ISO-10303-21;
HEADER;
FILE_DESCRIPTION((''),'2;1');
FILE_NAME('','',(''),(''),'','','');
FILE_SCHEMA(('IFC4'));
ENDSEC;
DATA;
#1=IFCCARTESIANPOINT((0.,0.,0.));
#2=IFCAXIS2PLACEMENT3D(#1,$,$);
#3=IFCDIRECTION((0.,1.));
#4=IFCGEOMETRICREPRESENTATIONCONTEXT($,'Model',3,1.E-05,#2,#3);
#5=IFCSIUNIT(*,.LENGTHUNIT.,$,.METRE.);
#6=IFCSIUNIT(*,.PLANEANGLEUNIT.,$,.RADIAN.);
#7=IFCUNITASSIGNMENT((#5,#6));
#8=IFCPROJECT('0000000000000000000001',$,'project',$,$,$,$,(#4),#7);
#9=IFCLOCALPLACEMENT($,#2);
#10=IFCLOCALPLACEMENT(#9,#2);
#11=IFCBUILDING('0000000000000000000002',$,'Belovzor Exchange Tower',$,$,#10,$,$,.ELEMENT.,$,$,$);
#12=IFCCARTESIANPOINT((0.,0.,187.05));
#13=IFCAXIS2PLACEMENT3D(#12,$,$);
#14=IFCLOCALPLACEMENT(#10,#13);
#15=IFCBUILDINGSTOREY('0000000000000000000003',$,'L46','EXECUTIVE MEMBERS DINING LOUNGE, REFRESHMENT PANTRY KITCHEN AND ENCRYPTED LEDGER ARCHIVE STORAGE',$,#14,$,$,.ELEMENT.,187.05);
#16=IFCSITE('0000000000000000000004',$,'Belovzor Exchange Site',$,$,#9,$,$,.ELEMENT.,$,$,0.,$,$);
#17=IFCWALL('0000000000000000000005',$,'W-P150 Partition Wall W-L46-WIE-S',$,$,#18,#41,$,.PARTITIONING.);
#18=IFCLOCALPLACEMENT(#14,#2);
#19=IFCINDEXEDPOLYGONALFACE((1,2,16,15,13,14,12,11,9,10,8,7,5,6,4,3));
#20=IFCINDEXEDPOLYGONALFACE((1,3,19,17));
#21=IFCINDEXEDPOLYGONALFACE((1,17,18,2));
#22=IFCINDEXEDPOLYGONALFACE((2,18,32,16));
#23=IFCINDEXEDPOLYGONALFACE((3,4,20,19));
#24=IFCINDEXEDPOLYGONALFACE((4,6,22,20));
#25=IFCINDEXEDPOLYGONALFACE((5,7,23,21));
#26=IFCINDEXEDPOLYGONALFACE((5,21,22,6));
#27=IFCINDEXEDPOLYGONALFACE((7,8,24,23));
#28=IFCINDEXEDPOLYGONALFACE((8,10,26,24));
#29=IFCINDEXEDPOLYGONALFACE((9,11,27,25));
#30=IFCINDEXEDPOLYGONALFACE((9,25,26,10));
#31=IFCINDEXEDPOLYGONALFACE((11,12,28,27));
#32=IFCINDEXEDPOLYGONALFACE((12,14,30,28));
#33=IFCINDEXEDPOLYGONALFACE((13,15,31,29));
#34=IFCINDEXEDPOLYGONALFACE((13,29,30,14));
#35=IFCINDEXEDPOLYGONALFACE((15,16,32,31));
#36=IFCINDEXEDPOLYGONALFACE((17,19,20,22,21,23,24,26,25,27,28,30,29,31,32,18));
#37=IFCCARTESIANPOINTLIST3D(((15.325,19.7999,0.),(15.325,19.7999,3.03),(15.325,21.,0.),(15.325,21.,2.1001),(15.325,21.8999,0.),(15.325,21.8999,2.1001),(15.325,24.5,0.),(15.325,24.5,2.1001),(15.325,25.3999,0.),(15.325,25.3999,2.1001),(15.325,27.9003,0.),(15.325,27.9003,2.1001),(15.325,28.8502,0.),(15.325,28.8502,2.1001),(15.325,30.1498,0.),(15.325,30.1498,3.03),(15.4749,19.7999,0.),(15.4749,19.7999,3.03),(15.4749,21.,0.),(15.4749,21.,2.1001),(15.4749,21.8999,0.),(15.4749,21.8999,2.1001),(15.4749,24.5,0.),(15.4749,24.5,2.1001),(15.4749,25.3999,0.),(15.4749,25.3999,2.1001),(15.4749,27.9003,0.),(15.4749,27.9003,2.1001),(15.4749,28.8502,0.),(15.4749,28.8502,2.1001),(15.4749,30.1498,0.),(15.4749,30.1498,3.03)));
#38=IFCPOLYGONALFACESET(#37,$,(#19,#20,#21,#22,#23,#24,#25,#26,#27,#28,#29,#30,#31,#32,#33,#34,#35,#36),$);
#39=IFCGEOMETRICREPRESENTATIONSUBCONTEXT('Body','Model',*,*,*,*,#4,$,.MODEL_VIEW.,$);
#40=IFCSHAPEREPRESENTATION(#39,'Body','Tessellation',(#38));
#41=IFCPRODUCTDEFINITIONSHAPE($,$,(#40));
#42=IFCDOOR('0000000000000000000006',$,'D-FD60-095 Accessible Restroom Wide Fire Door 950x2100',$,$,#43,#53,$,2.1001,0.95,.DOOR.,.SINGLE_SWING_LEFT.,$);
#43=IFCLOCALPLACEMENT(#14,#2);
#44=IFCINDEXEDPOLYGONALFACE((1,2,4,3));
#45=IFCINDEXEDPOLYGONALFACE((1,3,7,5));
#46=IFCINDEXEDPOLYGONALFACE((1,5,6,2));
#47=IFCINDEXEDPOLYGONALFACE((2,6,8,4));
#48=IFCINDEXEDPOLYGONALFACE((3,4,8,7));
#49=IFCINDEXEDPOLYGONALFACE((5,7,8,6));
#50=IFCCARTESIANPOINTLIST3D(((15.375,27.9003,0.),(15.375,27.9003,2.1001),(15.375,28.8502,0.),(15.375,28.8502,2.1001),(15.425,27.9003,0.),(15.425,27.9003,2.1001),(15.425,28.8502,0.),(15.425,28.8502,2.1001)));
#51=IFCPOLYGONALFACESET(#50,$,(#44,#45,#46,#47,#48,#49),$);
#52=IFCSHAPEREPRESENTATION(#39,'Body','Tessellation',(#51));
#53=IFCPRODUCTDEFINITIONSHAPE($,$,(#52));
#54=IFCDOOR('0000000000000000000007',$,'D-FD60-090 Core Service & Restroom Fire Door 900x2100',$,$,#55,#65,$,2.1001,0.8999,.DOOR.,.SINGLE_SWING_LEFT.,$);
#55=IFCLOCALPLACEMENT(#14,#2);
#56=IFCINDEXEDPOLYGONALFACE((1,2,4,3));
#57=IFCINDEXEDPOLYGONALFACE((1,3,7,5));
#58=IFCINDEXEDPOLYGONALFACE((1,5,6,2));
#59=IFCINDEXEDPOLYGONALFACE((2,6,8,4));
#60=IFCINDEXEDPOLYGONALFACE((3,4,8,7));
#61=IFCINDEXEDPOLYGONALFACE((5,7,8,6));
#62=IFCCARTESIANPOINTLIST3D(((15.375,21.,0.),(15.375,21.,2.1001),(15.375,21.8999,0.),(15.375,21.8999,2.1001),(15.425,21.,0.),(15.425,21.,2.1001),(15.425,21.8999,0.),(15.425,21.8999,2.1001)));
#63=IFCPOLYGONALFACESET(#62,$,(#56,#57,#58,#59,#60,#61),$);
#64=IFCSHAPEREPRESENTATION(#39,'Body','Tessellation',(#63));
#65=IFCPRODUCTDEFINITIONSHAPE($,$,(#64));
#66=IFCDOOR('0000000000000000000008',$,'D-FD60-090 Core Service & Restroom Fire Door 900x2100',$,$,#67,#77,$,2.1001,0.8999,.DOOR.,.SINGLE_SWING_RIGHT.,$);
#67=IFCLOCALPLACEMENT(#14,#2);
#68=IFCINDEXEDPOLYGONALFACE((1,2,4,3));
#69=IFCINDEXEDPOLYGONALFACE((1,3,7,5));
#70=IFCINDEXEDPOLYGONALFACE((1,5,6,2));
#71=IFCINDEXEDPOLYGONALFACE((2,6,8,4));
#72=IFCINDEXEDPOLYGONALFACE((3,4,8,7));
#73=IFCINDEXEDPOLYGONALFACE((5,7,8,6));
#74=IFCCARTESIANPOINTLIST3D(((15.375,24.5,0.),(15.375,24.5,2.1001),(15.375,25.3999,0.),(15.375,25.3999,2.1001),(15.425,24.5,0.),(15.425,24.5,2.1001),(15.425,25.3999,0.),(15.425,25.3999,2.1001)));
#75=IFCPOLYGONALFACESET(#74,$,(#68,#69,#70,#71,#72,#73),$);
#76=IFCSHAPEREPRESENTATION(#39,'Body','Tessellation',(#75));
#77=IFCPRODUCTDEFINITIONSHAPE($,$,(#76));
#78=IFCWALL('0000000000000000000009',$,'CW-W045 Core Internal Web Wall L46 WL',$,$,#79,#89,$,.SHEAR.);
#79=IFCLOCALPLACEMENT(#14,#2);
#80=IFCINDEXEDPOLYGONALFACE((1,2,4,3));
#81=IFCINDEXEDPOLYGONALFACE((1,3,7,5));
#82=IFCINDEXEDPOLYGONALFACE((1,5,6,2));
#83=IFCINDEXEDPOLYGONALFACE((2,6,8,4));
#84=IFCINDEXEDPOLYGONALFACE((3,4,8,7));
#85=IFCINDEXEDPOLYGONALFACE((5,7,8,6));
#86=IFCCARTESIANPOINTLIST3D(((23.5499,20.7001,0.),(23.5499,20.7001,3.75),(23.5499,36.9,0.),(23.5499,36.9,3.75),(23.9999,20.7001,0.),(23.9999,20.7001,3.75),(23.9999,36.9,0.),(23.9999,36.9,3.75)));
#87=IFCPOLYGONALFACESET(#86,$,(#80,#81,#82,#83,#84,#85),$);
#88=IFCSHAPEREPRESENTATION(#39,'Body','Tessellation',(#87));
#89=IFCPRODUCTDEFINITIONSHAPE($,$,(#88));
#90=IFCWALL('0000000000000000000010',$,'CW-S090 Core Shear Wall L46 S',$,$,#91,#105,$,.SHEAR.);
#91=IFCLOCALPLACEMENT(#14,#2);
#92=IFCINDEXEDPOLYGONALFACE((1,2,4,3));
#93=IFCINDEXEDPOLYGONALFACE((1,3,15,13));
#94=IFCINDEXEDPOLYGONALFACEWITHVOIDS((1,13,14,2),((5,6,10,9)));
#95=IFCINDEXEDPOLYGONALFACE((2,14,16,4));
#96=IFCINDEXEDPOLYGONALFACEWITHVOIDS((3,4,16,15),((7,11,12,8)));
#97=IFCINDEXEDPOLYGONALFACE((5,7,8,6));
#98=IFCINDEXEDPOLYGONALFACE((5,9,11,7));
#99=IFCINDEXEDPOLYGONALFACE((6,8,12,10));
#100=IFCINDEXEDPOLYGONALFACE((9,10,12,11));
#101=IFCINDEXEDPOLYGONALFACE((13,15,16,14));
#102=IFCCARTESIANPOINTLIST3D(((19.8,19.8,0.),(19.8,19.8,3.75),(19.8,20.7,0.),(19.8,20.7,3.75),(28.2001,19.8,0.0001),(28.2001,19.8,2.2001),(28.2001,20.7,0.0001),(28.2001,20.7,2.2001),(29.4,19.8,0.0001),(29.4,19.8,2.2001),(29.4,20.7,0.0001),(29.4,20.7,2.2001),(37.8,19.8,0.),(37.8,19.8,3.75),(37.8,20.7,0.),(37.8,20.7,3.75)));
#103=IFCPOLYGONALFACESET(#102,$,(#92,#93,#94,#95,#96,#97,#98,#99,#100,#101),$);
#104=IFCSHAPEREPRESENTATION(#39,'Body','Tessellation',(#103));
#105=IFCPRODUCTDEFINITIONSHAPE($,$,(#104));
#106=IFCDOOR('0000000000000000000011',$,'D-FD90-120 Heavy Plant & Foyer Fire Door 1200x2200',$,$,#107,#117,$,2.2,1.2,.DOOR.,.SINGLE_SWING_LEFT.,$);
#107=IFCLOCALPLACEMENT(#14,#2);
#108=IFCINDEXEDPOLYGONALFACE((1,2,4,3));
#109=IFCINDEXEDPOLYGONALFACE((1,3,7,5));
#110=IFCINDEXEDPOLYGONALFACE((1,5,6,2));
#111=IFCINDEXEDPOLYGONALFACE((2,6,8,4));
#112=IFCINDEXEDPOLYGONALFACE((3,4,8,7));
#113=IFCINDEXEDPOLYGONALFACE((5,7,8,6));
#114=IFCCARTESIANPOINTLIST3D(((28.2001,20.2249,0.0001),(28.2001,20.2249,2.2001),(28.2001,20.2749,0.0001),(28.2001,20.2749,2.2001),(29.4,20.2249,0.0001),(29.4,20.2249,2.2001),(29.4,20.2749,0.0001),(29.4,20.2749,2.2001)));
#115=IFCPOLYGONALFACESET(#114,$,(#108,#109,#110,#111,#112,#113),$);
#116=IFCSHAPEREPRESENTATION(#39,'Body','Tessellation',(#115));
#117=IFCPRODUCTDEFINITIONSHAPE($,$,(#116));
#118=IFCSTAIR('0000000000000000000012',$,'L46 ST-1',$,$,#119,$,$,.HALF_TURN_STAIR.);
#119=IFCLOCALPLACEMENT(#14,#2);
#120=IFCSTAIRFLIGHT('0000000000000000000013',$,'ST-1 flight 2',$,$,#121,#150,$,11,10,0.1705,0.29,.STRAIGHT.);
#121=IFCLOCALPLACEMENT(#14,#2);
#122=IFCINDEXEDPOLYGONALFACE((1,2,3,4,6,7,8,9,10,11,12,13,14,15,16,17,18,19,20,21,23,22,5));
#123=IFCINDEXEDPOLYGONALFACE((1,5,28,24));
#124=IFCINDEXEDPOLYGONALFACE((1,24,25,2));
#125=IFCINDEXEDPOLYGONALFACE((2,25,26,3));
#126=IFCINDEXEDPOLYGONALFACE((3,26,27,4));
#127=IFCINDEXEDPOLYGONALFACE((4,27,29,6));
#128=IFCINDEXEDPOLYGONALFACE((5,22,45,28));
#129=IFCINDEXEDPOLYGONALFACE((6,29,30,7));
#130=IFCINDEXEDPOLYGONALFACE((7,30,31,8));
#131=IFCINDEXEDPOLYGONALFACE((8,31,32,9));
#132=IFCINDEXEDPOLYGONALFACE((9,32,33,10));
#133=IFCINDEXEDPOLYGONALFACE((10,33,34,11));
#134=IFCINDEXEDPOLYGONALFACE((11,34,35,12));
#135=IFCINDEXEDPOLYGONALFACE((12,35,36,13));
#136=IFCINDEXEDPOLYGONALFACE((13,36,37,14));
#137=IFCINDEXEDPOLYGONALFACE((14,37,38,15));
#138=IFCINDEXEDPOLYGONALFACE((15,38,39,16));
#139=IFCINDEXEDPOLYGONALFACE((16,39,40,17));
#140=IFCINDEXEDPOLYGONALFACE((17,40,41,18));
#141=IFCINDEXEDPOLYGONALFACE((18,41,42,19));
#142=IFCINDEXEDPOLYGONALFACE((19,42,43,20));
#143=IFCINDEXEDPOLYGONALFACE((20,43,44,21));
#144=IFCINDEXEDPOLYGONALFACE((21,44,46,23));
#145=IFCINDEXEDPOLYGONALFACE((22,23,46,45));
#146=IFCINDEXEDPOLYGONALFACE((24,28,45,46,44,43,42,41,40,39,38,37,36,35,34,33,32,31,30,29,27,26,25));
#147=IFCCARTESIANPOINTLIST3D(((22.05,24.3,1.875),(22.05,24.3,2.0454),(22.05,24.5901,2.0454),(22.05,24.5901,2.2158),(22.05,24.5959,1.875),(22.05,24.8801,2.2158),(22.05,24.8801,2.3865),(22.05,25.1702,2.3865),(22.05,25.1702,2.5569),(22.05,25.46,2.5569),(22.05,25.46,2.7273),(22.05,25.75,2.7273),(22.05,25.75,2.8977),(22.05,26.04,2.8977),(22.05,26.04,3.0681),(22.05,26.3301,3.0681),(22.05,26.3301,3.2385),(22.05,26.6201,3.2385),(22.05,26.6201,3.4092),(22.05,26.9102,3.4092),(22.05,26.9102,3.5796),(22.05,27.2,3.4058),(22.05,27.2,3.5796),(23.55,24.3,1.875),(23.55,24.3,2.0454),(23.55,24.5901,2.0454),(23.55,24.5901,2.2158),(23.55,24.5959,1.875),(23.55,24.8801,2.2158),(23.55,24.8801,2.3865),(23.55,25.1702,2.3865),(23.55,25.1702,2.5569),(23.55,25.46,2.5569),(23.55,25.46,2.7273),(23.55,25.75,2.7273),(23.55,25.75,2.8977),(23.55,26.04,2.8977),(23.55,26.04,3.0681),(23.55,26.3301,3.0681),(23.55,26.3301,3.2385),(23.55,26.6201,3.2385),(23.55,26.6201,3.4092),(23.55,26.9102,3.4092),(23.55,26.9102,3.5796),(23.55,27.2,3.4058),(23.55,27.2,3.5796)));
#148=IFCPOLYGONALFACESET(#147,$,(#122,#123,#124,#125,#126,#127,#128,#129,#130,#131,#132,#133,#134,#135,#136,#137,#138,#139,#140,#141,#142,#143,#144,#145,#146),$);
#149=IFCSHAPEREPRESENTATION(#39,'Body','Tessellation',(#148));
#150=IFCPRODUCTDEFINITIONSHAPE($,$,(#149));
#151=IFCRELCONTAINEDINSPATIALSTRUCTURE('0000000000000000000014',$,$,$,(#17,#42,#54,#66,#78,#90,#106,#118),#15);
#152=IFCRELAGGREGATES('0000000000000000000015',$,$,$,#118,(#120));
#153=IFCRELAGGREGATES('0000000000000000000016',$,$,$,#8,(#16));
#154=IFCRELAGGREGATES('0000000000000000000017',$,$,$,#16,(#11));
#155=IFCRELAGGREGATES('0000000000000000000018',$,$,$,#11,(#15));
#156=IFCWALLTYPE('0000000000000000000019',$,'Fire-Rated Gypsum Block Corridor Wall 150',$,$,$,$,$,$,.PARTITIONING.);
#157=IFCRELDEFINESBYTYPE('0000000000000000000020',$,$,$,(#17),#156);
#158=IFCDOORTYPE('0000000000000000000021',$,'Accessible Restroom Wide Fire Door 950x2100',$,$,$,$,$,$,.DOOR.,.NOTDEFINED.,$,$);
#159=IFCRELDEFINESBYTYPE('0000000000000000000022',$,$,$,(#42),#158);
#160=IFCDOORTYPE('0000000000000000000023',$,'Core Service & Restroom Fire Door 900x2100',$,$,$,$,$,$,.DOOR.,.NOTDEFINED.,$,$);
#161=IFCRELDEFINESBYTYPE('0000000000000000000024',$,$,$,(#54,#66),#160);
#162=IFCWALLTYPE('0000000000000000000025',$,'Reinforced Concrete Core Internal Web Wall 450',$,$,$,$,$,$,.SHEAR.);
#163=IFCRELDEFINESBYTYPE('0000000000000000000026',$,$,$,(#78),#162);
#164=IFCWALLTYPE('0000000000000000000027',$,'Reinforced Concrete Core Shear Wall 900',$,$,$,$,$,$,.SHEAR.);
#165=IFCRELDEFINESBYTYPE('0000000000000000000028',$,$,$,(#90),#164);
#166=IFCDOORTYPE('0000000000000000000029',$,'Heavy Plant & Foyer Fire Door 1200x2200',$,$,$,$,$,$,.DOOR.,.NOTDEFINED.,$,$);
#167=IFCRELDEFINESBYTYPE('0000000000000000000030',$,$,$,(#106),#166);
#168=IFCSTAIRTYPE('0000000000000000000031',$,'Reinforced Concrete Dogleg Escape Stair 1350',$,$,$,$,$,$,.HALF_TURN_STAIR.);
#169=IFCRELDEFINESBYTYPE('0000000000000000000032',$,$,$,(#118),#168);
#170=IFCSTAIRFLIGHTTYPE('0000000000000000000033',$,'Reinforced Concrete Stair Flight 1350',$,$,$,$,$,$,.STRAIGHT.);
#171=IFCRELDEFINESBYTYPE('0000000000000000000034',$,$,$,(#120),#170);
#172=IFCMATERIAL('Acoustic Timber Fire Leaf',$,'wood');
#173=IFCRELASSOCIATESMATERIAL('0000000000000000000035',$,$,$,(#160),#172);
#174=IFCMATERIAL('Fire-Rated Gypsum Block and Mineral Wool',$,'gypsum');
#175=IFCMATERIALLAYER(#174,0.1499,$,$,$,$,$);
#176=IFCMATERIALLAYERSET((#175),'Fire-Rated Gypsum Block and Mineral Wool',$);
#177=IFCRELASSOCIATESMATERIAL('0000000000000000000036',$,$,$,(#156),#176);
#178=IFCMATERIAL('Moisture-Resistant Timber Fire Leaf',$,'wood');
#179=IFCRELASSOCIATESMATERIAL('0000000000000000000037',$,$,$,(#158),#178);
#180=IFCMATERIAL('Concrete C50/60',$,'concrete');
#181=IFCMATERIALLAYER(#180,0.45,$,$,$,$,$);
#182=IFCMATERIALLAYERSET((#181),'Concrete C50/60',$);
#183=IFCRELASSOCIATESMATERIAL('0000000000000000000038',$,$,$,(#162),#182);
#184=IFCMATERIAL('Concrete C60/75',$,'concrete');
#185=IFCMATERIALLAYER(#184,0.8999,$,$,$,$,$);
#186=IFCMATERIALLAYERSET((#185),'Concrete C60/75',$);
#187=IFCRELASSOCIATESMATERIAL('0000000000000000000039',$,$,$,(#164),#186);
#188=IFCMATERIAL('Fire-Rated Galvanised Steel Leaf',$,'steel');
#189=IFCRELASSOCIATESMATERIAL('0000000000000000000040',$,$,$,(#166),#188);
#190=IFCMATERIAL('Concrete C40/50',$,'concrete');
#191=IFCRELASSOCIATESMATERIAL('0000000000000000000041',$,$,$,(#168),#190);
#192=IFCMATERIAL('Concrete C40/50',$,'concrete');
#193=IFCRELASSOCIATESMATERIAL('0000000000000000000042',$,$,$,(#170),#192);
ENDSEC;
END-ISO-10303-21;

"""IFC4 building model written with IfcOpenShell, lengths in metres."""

from ifc_helpers import new_model, si_unit, direction, frame, frame_2d, origin, place, context, subcontext, project, spatial, polyline, rectangle, outline, extrude, material, layer, layer_set, type_object, element, fill, aggregate, save


model = new_model("IFC4")

# Units and contexts
model_context = context("Model", 3, precision=1e-05, world=origin(), true_north=direction((0.0, 1.0)))
body_context = subcontext(model_context, "Body", "Model", "MODEL_VIEW")
ifc_project = project(units=[si_unit("LENGTHUNIT", "METRE"), si_unit("PLANEANGLEUNIT", "RADIAN")], contexts=[model_context])

# Site, building, storey
site_placement = place(None, origin())
site = spatial("IfcSite", under=ifc_project, at=site_placement, Name="Belovzor Exchange Site", CompositionType="ELEMENT", RefElevation=0.0)
building_placement = place(site_placement, origin())
building = spatial("IfcBuilding", under=site, at=building_placement, Name="Belovzor Exchange Tower", CompositionType="ELEMENT")
storey_placement = place(building_placement, frame((0.0, 0.0, 187.05)))
storey = spatial("IfcBuildingStorey", under=building, at=storey_placement, Name="L46", Description="EXECUTIVE MEMBERS DINING LOUNGE, REFRESHMENT PANTRY KITCHEN AND ENCRYPTED LEDGER ARCHIVE STORAGE", CompositionType="ELEMENT", Elevation=187.05)

# Shared definitions
ifc_material_1 = material(Name="Acoustic Timber Fire Leaf", Category="wood")
door_type_1 = type_object("IfcDoorType", Name="Core Service & Restroom Fire Door 900x2100", OperationType="NOTDEFINED", PredefinedType="DOOR", material=ifc_material_1)

# Shared definitions
ifc_material_2 = material(Name="Fire-Rated Gypsum Block and Mineral Wool", Category="gypsum")
ifc_layer_1 = layer(ifc_material_2, 0.1499)
ifc_layer_set_1 = layer_set([ifc_layer_1], Name="Fire-Rated Gypsum Block and Mineral Wool")
wall_type_1 = type_object("IfcWallType", Name="Fire-Rated Gypsum Block Corridor Wall 150", PredefinedType="PARTITIONING", material=ifc_layer_set_1)

# Wall, openings, doors
wall_1_placement = place(storey_placement, frame((15.3999, 19.8, 0.0), z_axis=(0.0, 0.0, 1.0), x_axis=(0.0, 1.0, 0.0)))
wall_1 = element("IfcWall", 1, at=wall_1_placement, inside=storey, type_object=wall_type_1, Name="W-P150 Partition Wall W-L46-WIE-S", PredefinedType="PARTITIONING", context=body_context, shape_type="SweptSolid", body=[
    extrude(rectangle(XDim=10.3499, YDim=0.1499, at=frame_2d((5.1748, 0.0))), origin(), (0.0, 0.0, 1.0), 3.03),
])
opening_1_placement = place(wall_1_placement, frame((1.2, 0.0, 0.0)))
opening_1 = element("IfcOpeningElement", 2, at=opening_1_placement, cuts=wall_1, PredefinedType="OPENING", context=body_context, shape_type="SweptSolid", body=[
    extrude(rectangle(XDim=0.8999, YDim=2.1001, at=frame_2d((0.45, 1.05))), frame((0.0, 0.085, 0.0), z_axis=(0.0, -1.0, 0.0), x_axis=(1.0, 0.0, 0.0)), (0.0, 0.0, 1.0), 0.1699),
])
opening_2_placement = place(wall_1_placement, frame((4.7, 0.0, 0.0)))
opening_2 = element("IfcOpeningElement", 3, at=opening_2_placement, cuts=wall_1, PredefinedType="OPENING", context=body_context, shape_type="SweptSolid", body=[
    extrude(rectangle(XDim=0.8999, YDim=2.1001, at=frame_2d((0.45, 1.05))), frame((0.0, 0.085, 0.0), z_axis=(0.0, -1.0, 0.0), x_axis=(1.0, 0.0, 0.0)), (0.0, 0.0, 1.0), 0.1699),
])
opening_3_placement = place(wall_1_placement, frame((8.1001, 0.0, 0.0)))
opening_3 = element("IfcOpeningElement", 4, at=opening_3_placement, cuts=wall_1, PredefinedType="OPENING", context=body_context, shape_type="SweptSolid", body=[
    extrude(rectangle(XDim=0.95, YDim=2.1001, at=frame_2d((0.4751, 1.05))), frame((0.0, 0.085, 0.0), z_axis=(0.0, -1.0, 0.0), x_axis=(1.0, 0.0, 0.0)), (0.0, 0.0, 1.0), 0.1699),
])
ifc_material_3 = material(Name="Moisture-Resistant Timber Fire Leaf", Category="wood")
door_type_2 = type_object("IfcDoorType", Name="Accessible Restroom Wide Fire Door 950x2100", OperationType="NOTDEFINED", PredefinedType="DOOR", material=ifc_material_3)
door_1_placement = place(opening_3_placement, origin())
door_1 = element("IfcDoor", 5, at=door_1_placement, inside=storey, type_object=door_type_2, Name="D-FD60-095 Accessible Restroom Wide Fire Door 950x2100", OperationType="SINGLE_SWING_LEFT", OverallHeight=2.1001, OverallWidth=0.95, PredefinedType="DOOR", context=body_context, shape_type="SweptSolid", body=[
    extrude(rectangle(XDim=0.95, YDim=2.1001, at=frame_2d((0.4751, 1.05))), frame((0.0, 0.0249, 0.0), z_axis=(0.0, -1.0, 0.0), x_axis=(1.0, 0.0, 0.0)), (0.0, 0.0, 1.0), 0.05),
])
fill(opening_3, door_1)
door_2_placement = place(opening_1_placement, origin())
door_2 = element("IfcDoor", 6, at=door_2_placement, inside=storey, type_object=door_type_1, Name="D-FD60-090 Core Service & Restroom Fire Door 900x2100", OperationType="SINGLE_SWING_LEFT", OverallHeight=2.1001, OverallWidth=0.8999, PredefinedType="DOOR", context=body_context, shape_type="SweptSolid", body=[
    extrude(rectangle(XDim=0.8999, YDim=2.1001, at=frame_2d((0.45, 1.05))), frame((0.0, 0.0249, 0.0), z_axis=(0.0, -1.0, 0.0), x_axis=(1.0, 0.0, 0.0)), (0.0, 0.0, 1.0), 0.05),
])
fill(opening_1, door_2)
door_3_placement = place(opening_2_placement, origin())
door_3 = element("IfcDoor", 7, at=door_3_placement, inside=storey, type_object=door_type_1, Name="D-FD60-090 Core Service & Restroom Fire Door 900x2100", OperationType="SINGLE_SWING_RIGHT", OverallHeight=2.1001, OverallWidth=0.8999, PredefinedType="DOOR", context=body_context, shape_type="SweptSolid", body=[
    extrude(rectangle(XDim=0.8999, YDim=2.1001, at=frame_2d((0.45, 1.05))), frame((0.0, 0.0249, 0.0), z_axis=(0.0, -1.0, 0.0), x_axis=(1.0, 0.0, 0.0)), (0.0, 0.0, 1.0), 0.05),
])
fill(opening_2, door_3)

# Wall
ifc_material_4 = material(Name="Concrete C50/60", Category="concrete")
ifc_layer_2 = layer(ifc_material_4, 0.45)
ifc_layer_set_2 = layer_set([ifc_layer_2], Name="Concrete C50/60")
wall_type_2 = type_object("IfcWallType", Name="Reinforced Concrete Core Internal Web Wall 450", PredefinedType="SHEAR", material=ifc_layer_set_2)
wall_2_placement = place(storey_placement, frame((23.7749, 20.7, 0.0), z_axis=(0.0, 0.0, 1.0), x_axis=(0.0, 1.0, 0.0)))
element("IfcWall", 8, at=wall_2_placement, inside=storey, type_object=wall_type_2, Name="CW-W045 Core Internal Web Wall L46 WL", PredefinedType="SHEAR", context=body_context, shape_type="SweptSolid", body=[
    extrude(rectangle(XDim=16.2, YDim=0.45, at=frame_2d((8.1001, 0.0))), origin(), (0.0, 0.0, 1.0), 3.75),
])

# Wall, opening, door
ifc_material_5 = material(Name="Concrete C60/75", Category="concrete")
ifc_layer_3 = layer(ifc_material_5, 0.8999)
ifc_layer_set_3 = layer_set([ifc_layer_3], Name="Concrete C60/75")
wall_type_3 = type_object("IfcWallType", Name="Reinforced Concrete Core Shear Wall 900", PredefinedType="SHEAR", material=ifc_layer_set_3)
wall_3_placement = place(storey_placement, frame((19.8, 20.25, 0.0), z_axis=(0.0, 0.0, 1.0), x_axis=(1.0, 0.0, 0.0)))
wall_3 = element("IfcWall", 9, at=wall_3_placement, inside=storey, type_object=wall_type_3, Name="CW-S090 Core Shear Wall L46 S", PredefinedType="SHEAR", context=body_context, shape_type="SweptSolid", body=[
    extrude(rectangle(XDim=18.0, YDim=0.8999, at=frame_2d((9.0, 0.0))), origin(), (0.0, 0.0, 1.0), 3.75),
])
opening_4_placement = place(wall_3_placement, frame((8.3999, 0.0, 0.0)))
opening_4 = element("IfcOpeningElement", 10, at=opening_4_placement, cuts=wall_3, PredefinedType="OPENING", context=body_context, shape_type="SweptSolid", body=[
    extrude(rectangle(XDim=1.2, YDim=2.2, at=frame_2d((0.6001, 1.1001))), frame((0.0, 0.46, 0.0), z_axis=(0.0, -1.0, 0.0), x_axis=(1.0, 0.0, 0.0)), (0.0, 0.0, 1.0), 0.9199),
])
ifc_material_6 = material(Name="Fire-Rated Galvanised Steel Leaf", Category="steel")
door_type_3 = type_object("IfcDoorType", Name="Heavy Plant & Foyer Fire Door 1200x2200", OperationType="NOTDEFINED", PredefinedType="DOOR", material=ifc_material_6)
door_4_placement = place(opening_4_placement, origin())
door_4 = element("IfcDoor", 11, at=door_4_placement, inside=storey, type_object=door_type_3, Name="D-FD90-120 Heavy Plant & Foyer Fire Door 1200x2200", OperationType="SINGLE_SWING_LEFT", OverallHeight=2.2, OverallWidth=1.2, PredefinedType="DOOR", context=body_context, shape_type="SweptSolid", body=[
    extrude(rectangle(XDim=1.2, YDim=2.2, at=frame_2d((0.6001, 1.1001))), frame((0.0, 0.0249, 0.0), z_axis=(0.0, -1.0, 0.0), x_axis=(1.0, 0.0, 0.0)), (0.0, 0.0, 1.0), 0.05),
])
fill(opening_4, door_4)

# Stair, stair flight
ifc_material_7 = material(Name="Concrete C40/50", Category="concrete")
stair_type = type_object("IfcStairType", Name="Reinforced Concrete Dogleg Escape Stair 1350", PredefinedType="HALF_TURN_STAIR", material=ifc_material_7)
stair_placement = place(storey_placement, origin())
stair = element("IfcStair", 12, at=stair_placement, inside=storey, type_object=stair_type, Name="L46 ST-1", PredefinedType="HALF_TURN_STAIR")
ifc_material_8 = material(Name="Concrete C40/50", Category="concrete")
stair_flight_type = type_object("IfcStairFlightType", Name="Reinforced Concrete Stair Flight 1350", PredefinedType="STRAIGHT", material=ifc_material_8)
stair_flight_placement = place(storey_placement, frame((22.8, 24.3, 1.875), z_axis=(0.0, 0.0, 1.0), x_axis=(0.0, 1.0, 0.0)))
stair_flight = element("IfcStairFlight", 13, at=stair_flight_placement, type_object=stair_flight_type, Name="ST-1 flight 2", NumberOfRisers=11, NumberOfTreads=10, PredefinedType="STRAIGHT", RiserHeight=0.1705, TreadLength=0.29, context=body_context, shape_type="SweptSolid", body=[
    extrude(outline(polyline([(0.0, 0.0), (0.0, 0.1704), (0.29, 0.1704), (0.29, 0.3408), (0.5801, 0.3408), (0.5801, 0.5115), (0.8701, 0.5115), (0.8701, 0.6819), (1.1599, 0.6819), (1.1599, 0.8523), (1.45, 0.8523), (1.45, 1.0227), (1.74, 1.0227), (1.74, 1.1931), (2.03, 1.1931), (2.03, 1.3635), (2.3201, 1.3635), (2.3201, 1.5342), (2.6101, 1.5342), (2.6101, 1.7046), (2.8999, 1.7046), (2.8999, 1.875), (2.8999, 1.5308), (0.2959, 0.0), (0.0, 0.0)])), frame((0.0, 0.75, 0.0), z_axis=(0.0, -1.0, 0.0), x_axis=(1.0, 0.0, 0.0)), (0.0, 0.0, 1.0), 1.5),
])
aggregate(stair, [stair_flight])

save(model, "model.ifc")
